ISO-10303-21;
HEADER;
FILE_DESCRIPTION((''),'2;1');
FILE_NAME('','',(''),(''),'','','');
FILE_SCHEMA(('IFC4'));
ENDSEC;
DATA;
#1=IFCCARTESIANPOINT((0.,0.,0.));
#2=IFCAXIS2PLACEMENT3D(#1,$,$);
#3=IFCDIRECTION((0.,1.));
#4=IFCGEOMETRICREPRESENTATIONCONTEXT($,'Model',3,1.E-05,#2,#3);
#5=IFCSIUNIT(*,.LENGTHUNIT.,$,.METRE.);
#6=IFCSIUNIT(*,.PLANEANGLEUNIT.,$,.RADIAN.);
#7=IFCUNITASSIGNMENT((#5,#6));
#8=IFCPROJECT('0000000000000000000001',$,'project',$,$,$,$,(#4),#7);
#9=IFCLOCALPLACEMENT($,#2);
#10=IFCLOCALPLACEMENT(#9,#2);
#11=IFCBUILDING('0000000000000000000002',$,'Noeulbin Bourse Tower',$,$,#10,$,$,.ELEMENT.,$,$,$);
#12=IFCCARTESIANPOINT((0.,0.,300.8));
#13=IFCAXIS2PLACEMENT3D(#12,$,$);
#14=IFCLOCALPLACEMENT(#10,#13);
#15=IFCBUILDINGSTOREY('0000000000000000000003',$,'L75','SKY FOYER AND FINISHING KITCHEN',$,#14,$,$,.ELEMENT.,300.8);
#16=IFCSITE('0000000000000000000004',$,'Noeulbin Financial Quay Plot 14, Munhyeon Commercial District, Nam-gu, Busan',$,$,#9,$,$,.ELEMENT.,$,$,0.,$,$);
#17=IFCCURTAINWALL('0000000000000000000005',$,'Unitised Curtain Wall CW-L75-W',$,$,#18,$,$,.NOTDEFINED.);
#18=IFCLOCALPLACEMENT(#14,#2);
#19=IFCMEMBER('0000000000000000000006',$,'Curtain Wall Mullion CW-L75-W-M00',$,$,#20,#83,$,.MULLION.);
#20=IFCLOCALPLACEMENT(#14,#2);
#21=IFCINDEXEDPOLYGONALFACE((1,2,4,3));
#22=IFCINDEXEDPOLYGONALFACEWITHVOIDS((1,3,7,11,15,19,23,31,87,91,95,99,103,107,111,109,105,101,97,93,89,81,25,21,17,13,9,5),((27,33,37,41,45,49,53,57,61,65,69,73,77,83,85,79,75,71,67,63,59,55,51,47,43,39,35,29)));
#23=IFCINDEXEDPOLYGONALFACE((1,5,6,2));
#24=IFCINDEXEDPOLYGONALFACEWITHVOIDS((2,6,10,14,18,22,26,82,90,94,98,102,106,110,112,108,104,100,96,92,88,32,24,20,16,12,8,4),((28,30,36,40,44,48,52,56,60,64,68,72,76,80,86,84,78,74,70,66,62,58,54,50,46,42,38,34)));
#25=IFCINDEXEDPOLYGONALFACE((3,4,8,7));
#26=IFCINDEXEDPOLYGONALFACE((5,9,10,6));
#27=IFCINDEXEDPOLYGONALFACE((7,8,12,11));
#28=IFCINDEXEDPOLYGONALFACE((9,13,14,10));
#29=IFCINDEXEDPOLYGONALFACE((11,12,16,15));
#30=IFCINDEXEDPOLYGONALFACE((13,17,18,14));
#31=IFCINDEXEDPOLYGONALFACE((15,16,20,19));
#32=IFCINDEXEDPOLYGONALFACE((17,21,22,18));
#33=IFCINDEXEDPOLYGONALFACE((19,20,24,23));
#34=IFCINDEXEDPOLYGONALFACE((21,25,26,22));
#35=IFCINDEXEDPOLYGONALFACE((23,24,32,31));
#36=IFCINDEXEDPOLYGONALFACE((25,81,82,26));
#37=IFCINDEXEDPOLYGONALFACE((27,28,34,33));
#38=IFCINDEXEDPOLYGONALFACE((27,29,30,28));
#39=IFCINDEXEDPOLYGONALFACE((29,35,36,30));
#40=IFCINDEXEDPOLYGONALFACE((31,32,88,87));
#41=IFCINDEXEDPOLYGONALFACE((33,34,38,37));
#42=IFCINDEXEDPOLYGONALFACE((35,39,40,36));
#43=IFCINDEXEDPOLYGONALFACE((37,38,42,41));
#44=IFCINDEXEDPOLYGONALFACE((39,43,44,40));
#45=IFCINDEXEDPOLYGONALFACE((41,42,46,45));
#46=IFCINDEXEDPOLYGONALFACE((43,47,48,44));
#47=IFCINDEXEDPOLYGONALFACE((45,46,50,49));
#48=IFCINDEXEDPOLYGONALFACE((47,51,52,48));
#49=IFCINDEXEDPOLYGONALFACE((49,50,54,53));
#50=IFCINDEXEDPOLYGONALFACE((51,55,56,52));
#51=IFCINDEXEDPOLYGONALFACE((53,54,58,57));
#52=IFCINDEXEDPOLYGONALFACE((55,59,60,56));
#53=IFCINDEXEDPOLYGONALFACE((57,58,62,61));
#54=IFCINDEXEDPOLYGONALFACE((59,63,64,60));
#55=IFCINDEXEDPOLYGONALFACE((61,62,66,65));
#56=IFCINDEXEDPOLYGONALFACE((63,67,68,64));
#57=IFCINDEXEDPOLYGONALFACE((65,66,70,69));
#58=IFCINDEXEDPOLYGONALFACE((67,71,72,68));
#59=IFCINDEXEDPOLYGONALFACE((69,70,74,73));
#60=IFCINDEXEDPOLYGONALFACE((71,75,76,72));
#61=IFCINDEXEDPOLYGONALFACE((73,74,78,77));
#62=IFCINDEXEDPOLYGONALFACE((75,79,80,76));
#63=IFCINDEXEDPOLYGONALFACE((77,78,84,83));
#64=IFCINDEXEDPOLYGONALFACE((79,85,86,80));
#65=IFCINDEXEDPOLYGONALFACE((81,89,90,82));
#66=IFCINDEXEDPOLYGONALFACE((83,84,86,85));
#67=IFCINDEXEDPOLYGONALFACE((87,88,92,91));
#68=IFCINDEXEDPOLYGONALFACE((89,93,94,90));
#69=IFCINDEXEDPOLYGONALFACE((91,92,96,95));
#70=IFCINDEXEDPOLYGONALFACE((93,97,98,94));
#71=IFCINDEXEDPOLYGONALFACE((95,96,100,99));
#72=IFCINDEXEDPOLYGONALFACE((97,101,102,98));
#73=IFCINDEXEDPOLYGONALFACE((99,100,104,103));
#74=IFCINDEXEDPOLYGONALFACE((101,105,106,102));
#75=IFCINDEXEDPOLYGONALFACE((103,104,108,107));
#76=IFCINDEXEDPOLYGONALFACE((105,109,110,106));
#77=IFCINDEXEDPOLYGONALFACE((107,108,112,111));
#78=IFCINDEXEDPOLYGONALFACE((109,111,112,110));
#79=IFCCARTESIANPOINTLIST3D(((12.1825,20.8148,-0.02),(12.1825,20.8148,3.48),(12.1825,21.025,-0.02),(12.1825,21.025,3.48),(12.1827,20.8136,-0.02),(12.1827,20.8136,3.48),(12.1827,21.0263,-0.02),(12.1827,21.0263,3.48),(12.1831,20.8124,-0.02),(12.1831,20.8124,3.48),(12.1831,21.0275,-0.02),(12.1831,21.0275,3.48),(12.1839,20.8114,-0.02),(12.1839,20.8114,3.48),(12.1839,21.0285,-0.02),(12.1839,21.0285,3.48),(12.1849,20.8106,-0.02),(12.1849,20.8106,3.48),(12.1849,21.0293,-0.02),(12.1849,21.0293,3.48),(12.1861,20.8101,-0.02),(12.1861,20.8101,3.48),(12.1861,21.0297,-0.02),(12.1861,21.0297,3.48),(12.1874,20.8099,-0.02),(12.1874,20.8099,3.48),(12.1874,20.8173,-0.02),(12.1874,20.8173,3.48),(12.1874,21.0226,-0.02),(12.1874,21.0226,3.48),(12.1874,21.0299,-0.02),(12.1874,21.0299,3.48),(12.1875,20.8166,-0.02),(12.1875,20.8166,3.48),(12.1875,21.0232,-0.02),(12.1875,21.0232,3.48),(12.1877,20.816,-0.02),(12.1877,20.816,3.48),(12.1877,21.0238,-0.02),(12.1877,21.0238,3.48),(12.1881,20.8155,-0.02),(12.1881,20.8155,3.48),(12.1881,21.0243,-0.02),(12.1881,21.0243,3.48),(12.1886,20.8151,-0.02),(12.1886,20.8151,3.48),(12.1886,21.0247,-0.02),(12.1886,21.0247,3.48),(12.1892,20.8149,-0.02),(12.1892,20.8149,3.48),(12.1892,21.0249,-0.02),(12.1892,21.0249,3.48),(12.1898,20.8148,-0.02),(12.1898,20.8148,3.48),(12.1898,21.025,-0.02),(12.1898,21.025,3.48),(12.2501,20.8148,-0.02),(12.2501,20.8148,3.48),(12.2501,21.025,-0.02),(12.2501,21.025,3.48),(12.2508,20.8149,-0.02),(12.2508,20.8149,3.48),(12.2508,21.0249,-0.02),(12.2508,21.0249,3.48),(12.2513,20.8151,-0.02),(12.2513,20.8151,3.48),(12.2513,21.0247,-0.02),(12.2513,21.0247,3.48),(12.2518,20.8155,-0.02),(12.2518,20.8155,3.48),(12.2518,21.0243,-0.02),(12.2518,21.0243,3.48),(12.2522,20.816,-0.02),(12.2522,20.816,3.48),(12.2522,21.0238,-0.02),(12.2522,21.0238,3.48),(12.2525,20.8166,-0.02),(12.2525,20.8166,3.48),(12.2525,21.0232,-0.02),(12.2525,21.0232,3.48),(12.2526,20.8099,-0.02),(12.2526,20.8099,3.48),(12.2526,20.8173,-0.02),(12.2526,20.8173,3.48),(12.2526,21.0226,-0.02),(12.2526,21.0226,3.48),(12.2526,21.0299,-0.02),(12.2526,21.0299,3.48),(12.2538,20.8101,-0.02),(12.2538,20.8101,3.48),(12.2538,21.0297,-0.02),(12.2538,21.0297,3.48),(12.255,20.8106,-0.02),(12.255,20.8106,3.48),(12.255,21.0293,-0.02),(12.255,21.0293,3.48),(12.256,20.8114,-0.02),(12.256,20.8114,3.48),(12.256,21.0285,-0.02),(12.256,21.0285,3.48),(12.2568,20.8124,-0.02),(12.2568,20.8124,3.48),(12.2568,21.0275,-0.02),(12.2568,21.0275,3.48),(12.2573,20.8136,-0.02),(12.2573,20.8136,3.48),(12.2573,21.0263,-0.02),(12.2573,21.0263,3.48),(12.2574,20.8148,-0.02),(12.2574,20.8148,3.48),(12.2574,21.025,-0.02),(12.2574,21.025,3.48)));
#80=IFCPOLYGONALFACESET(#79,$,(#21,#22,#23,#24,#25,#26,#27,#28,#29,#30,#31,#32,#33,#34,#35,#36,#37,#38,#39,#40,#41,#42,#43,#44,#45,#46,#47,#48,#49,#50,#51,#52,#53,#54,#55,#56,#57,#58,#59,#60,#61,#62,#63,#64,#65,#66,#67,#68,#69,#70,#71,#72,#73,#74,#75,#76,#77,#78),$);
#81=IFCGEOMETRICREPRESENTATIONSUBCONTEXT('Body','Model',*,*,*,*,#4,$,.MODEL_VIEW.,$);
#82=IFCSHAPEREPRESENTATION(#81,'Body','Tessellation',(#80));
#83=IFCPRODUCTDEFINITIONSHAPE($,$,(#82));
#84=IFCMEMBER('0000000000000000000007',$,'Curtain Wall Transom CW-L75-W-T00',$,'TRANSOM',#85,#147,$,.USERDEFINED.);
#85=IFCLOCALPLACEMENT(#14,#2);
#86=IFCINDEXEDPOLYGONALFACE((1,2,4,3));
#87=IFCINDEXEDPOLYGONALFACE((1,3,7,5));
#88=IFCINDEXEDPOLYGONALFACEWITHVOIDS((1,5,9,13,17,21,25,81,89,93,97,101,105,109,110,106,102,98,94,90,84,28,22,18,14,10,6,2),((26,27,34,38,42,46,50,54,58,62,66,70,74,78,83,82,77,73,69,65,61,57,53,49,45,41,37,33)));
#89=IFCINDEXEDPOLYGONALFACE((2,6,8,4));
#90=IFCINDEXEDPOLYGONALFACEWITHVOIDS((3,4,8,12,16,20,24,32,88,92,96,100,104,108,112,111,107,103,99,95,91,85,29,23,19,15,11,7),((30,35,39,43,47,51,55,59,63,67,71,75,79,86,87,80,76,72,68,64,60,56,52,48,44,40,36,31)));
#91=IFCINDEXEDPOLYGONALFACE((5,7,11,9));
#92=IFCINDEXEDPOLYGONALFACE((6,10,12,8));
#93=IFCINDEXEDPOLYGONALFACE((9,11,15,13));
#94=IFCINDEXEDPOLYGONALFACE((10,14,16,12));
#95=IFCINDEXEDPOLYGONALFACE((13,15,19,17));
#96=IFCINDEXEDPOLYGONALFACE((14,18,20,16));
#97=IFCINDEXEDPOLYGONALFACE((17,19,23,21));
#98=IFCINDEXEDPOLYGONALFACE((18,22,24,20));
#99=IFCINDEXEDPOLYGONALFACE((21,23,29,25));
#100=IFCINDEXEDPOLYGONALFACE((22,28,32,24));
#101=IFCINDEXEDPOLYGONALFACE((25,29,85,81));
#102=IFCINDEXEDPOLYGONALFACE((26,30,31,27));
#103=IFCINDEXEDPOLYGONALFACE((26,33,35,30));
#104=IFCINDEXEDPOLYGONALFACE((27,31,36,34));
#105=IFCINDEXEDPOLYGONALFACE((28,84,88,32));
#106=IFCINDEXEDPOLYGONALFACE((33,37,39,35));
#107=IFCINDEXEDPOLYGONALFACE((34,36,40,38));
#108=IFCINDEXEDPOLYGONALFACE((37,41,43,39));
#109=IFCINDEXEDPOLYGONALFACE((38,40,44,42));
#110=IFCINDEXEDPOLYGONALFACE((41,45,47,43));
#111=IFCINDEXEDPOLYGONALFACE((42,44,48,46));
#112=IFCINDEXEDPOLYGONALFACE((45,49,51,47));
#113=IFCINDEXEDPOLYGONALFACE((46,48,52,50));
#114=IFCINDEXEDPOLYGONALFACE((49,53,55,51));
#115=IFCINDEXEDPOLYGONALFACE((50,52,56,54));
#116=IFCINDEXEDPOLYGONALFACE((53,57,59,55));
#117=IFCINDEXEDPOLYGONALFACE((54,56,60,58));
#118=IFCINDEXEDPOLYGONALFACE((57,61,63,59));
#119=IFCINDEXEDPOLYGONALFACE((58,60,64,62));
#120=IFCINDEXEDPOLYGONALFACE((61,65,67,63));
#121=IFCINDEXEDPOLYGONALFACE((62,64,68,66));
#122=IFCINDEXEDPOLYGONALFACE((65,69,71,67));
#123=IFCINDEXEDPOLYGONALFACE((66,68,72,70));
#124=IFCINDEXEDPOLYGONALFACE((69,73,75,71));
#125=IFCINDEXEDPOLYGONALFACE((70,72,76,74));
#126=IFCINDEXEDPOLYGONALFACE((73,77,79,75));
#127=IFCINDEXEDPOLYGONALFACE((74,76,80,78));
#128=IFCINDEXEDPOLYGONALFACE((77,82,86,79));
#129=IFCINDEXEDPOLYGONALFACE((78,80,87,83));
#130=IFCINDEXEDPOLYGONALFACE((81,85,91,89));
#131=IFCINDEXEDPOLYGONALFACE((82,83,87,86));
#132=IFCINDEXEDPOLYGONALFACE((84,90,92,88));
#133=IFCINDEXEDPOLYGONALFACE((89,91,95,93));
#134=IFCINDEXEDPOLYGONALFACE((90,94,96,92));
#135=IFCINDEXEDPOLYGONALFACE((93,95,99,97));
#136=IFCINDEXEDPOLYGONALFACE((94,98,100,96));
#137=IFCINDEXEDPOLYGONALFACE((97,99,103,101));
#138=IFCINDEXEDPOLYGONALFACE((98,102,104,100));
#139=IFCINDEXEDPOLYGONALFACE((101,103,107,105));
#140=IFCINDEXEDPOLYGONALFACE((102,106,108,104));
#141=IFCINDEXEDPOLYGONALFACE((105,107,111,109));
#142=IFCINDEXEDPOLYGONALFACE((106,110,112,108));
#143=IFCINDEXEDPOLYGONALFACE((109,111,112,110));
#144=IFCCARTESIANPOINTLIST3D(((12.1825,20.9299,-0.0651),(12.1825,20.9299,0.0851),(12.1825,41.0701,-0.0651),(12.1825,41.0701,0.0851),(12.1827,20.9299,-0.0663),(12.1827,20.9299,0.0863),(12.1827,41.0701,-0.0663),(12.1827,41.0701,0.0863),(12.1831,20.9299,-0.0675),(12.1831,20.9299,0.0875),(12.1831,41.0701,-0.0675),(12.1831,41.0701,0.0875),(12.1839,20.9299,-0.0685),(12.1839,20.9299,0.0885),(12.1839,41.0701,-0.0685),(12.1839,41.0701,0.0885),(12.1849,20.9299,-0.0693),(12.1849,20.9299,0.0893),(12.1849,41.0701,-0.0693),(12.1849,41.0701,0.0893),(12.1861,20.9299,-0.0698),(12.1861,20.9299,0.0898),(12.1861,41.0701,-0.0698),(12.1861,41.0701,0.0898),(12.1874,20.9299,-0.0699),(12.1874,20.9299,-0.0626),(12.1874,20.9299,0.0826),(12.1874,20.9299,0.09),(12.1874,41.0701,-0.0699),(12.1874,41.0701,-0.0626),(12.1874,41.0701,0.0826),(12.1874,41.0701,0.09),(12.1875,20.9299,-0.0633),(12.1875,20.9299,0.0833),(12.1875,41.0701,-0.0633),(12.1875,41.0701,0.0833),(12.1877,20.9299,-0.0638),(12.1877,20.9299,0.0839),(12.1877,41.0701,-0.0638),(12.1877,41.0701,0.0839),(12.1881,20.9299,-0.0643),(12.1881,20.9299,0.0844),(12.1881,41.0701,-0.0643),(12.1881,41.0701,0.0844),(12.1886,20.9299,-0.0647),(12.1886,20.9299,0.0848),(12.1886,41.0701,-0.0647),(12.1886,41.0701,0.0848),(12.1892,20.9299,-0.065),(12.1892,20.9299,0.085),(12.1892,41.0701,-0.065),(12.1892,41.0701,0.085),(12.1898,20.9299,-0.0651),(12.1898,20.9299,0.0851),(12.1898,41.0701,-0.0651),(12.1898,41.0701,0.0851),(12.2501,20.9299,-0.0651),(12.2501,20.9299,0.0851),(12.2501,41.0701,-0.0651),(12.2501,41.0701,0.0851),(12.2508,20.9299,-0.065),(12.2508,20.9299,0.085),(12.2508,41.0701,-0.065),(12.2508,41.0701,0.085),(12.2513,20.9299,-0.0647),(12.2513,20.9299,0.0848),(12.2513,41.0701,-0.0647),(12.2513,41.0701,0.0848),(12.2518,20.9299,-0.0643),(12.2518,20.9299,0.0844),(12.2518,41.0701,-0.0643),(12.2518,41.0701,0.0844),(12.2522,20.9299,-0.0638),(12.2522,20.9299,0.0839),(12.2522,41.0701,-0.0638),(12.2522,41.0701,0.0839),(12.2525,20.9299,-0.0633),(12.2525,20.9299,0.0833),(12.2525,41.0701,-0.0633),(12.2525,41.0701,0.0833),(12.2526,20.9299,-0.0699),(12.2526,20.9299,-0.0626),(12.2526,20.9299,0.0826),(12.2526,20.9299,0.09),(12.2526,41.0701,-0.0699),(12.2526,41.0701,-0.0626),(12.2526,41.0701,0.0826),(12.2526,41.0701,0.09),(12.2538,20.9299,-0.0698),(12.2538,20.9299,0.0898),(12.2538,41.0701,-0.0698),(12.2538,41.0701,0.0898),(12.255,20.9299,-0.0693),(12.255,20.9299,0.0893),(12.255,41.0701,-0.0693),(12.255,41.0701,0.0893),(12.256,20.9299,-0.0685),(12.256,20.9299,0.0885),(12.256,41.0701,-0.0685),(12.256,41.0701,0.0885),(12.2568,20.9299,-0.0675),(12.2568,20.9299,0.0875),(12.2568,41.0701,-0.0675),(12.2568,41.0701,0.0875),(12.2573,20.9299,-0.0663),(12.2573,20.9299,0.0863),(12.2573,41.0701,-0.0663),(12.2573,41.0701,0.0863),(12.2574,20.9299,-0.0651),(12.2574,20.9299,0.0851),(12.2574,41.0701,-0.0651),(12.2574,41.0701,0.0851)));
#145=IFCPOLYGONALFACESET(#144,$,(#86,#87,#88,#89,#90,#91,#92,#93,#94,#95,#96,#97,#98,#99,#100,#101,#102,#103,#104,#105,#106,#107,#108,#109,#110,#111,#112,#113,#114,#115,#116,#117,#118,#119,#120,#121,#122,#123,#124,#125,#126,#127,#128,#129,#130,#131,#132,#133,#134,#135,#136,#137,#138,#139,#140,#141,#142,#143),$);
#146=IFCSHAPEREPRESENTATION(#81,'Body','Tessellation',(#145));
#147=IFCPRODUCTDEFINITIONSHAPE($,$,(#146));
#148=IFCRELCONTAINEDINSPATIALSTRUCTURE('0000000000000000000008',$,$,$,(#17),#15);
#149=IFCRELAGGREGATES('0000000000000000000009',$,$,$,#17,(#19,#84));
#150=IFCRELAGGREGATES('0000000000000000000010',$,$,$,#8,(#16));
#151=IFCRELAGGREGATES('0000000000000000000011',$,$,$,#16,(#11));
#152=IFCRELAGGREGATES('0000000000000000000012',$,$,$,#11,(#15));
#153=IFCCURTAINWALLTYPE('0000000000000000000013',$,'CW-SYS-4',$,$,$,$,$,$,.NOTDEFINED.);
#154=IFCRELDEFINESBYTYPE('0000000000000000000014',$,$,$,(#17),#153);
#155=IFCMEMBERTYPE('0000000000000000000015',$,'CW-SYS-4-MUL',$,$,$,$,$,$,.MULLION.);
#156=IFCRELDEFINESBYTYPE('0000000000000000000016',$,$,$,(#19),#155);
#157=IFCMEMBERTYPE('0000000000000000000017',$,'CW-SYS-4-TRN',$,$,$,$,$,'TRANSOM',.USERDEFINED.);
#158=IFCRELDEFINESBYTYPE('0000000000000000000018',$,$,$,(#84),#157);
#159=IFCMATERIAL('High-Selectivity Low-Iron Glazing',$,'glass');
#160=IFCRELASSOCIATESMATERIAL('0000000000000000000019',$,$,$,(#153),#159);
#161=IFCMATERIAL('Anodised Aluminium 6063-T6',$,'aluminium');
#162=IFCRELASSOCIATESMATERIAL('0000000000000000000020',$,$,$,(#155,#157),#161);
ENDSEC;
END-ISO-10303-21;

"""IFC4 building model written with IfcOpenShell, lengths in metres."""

from ifc_helpers import new_model, si_unit, direction, frame, origin, origin_2d, place, context, subcontext, project, spatial, hollow_rectangle, extrude, material, material_profile, profile_set, type_object, element, aggregate, save


model = new_model("IFC4")

# Units and contexts
model_context = context("Model", 3, precision=1e-05, world=origin(), true_north=direction((0.0, 1.0)))
body_context = subcontext(model_context, "Body", "Model", "MODEL_VIEW")
ifc_project = project(units=[si_unit("LENGTHUNIT", "METRE"), si_unit("PLANEANGLEUNIT", "RADIAN")], contexts=[model_context])

# Site, building, storey
site_placement = place(None, origin())
site = spatial("IfcSite", under=ifc_project, at=site_placement, Name="Noeulbin Financial Quay Plot 14, Munhyeon Commercial District, Nam-gu, Busan", CompositionType="ELEMENT", RefElevation=0.0)
building_placement = place(site_placement, origin())
building = spatial("IfcBuilding", under=site, at=building_placement, Name="Noeulbin Bourse Tower", CompositionType="ELEMENT")
storey_placement = place(building_placement, frame((0.0, 0.0, 300.8)))
storey = spatial("IfcBuildingStorey", under=building, at=storey_placement, Name="L75", Description="SKY FOYER AND FINISHING KITCHEN", CompositionType="ELEMENT", Elevation=300.8)

# Curtain wall, members
ifc_material_1 = material(Name="High-Selectivity Low-Iron Glazing", Category="glass")
curtain_wall_type = type_object("IfcCurtainWallType", Name="CW-SYS-4", PredefinedType="NOTDEFINED", material=ifc_material_1)
curtain_wall_placement = place(storey_placement, origin())
curtain_wall = element("IfcCurtainWall", 1, at=curtain_wall_placement, inside=storey, type_object=curtain_wall_type, Name="Unitised Curtain Wall CW-L75-W", PredefinedType="NOTDEFINED")
ifc_material_2 = material(Name="Anodised Aluminium 6063-T6", Category="aluminium")
ifc_material_profile_1 = material_profile(ifc_material_2, hollow_rectangle(XDim=0.075, YDim=0.22, WallThickness=0.0049, InnerFilletRadius=0.0024, OuterFilletRadius=0.0049, at=origin_2d()), Name="ALU-MULL-75x220x5", Category="LoadBearing")
ifc_profile_set_1 = profile_set([ifc_material_profile_1], Name="Anodised Aluminium 6063-T6")
member_type_1 = type_object("IfcMemberType", Name="CW-SYS-4-MUL", PredefinedType="MULLION", material=ifc_profile_set_1)
member_1_placement = place(storey_placement, frame((12.22, 20.9199, -0.02), z_axis=(0.0, 0.0, 1.0), x_axis=(1.0, 0.0, 0.0)))
member_1 = element("IfcMember", 2, at=member_1_placement, type_object=member_type_1, Name="Curtain Wall Mullion CW-L75-W-M00", PredefinedType="MULLION", context=body_context, shape_type="SweptSolid", body=[
    extrude(hollow_rectangle(XDim=0.075, YDim=0.22, WallThickness=0.0049, InnerFilletRadius=0.0024, OuterFilletRadius=0.0049, at=origin_2d()), origin(), (0.0, 0.0, 1.0), 3.5),
])
ifc_material_profile_2 = material_profile(ifc_material_2, hollow_rectangle(XDim=0.075, YDim=0.1599, WallThickness=0.0049, InnerFilletRadius=0.0024, OuterFilletRadius=0.0049, at=origin_2d()), Name="ALU-TRAN-75x160x5", Category="LoadBearing")
ifc_profile_set_2 = profile_set([ifc_material_profile_2], Name="Anodised Aluminium 6063-T6")
member_type_2 = type_object("IfcMemberType", Name="CW-SYS-4-TRN", ElementType="TRANSOM", PredefinedType="USERDEFINED", material=ifc_profile_set_2)
member_2_placement = place(storey_placement, frame((12.22, 20.9299, 0.01), z_axis=(0.0, 1.0, 0.0), x_axis=(-1.0, 0.0, 0.0)))
member_2 = element("IfcMember", 3, at=member_2_placement, type_object=member_type_2, Name="Curtain Wall Transom CW-L75-W-T00", ObjectType="TRANSOM", PredefinedType="USERDEFINED", context=body_context, shape_type="SweptSolid", body=[
    extrude(hollow_rectangle(XDim=0.075, YDim=0.1599, WallThickness=0.0049, InnerFilletRadius=0.0024, OuterFilletRadius=0.0049, at=origin_2d()), origin(), (0.0, 0.0, 1.0), 20.1401),
])
aggregate(curtain_wall, [member_1, member_2])

save(model, "model.ifc")
